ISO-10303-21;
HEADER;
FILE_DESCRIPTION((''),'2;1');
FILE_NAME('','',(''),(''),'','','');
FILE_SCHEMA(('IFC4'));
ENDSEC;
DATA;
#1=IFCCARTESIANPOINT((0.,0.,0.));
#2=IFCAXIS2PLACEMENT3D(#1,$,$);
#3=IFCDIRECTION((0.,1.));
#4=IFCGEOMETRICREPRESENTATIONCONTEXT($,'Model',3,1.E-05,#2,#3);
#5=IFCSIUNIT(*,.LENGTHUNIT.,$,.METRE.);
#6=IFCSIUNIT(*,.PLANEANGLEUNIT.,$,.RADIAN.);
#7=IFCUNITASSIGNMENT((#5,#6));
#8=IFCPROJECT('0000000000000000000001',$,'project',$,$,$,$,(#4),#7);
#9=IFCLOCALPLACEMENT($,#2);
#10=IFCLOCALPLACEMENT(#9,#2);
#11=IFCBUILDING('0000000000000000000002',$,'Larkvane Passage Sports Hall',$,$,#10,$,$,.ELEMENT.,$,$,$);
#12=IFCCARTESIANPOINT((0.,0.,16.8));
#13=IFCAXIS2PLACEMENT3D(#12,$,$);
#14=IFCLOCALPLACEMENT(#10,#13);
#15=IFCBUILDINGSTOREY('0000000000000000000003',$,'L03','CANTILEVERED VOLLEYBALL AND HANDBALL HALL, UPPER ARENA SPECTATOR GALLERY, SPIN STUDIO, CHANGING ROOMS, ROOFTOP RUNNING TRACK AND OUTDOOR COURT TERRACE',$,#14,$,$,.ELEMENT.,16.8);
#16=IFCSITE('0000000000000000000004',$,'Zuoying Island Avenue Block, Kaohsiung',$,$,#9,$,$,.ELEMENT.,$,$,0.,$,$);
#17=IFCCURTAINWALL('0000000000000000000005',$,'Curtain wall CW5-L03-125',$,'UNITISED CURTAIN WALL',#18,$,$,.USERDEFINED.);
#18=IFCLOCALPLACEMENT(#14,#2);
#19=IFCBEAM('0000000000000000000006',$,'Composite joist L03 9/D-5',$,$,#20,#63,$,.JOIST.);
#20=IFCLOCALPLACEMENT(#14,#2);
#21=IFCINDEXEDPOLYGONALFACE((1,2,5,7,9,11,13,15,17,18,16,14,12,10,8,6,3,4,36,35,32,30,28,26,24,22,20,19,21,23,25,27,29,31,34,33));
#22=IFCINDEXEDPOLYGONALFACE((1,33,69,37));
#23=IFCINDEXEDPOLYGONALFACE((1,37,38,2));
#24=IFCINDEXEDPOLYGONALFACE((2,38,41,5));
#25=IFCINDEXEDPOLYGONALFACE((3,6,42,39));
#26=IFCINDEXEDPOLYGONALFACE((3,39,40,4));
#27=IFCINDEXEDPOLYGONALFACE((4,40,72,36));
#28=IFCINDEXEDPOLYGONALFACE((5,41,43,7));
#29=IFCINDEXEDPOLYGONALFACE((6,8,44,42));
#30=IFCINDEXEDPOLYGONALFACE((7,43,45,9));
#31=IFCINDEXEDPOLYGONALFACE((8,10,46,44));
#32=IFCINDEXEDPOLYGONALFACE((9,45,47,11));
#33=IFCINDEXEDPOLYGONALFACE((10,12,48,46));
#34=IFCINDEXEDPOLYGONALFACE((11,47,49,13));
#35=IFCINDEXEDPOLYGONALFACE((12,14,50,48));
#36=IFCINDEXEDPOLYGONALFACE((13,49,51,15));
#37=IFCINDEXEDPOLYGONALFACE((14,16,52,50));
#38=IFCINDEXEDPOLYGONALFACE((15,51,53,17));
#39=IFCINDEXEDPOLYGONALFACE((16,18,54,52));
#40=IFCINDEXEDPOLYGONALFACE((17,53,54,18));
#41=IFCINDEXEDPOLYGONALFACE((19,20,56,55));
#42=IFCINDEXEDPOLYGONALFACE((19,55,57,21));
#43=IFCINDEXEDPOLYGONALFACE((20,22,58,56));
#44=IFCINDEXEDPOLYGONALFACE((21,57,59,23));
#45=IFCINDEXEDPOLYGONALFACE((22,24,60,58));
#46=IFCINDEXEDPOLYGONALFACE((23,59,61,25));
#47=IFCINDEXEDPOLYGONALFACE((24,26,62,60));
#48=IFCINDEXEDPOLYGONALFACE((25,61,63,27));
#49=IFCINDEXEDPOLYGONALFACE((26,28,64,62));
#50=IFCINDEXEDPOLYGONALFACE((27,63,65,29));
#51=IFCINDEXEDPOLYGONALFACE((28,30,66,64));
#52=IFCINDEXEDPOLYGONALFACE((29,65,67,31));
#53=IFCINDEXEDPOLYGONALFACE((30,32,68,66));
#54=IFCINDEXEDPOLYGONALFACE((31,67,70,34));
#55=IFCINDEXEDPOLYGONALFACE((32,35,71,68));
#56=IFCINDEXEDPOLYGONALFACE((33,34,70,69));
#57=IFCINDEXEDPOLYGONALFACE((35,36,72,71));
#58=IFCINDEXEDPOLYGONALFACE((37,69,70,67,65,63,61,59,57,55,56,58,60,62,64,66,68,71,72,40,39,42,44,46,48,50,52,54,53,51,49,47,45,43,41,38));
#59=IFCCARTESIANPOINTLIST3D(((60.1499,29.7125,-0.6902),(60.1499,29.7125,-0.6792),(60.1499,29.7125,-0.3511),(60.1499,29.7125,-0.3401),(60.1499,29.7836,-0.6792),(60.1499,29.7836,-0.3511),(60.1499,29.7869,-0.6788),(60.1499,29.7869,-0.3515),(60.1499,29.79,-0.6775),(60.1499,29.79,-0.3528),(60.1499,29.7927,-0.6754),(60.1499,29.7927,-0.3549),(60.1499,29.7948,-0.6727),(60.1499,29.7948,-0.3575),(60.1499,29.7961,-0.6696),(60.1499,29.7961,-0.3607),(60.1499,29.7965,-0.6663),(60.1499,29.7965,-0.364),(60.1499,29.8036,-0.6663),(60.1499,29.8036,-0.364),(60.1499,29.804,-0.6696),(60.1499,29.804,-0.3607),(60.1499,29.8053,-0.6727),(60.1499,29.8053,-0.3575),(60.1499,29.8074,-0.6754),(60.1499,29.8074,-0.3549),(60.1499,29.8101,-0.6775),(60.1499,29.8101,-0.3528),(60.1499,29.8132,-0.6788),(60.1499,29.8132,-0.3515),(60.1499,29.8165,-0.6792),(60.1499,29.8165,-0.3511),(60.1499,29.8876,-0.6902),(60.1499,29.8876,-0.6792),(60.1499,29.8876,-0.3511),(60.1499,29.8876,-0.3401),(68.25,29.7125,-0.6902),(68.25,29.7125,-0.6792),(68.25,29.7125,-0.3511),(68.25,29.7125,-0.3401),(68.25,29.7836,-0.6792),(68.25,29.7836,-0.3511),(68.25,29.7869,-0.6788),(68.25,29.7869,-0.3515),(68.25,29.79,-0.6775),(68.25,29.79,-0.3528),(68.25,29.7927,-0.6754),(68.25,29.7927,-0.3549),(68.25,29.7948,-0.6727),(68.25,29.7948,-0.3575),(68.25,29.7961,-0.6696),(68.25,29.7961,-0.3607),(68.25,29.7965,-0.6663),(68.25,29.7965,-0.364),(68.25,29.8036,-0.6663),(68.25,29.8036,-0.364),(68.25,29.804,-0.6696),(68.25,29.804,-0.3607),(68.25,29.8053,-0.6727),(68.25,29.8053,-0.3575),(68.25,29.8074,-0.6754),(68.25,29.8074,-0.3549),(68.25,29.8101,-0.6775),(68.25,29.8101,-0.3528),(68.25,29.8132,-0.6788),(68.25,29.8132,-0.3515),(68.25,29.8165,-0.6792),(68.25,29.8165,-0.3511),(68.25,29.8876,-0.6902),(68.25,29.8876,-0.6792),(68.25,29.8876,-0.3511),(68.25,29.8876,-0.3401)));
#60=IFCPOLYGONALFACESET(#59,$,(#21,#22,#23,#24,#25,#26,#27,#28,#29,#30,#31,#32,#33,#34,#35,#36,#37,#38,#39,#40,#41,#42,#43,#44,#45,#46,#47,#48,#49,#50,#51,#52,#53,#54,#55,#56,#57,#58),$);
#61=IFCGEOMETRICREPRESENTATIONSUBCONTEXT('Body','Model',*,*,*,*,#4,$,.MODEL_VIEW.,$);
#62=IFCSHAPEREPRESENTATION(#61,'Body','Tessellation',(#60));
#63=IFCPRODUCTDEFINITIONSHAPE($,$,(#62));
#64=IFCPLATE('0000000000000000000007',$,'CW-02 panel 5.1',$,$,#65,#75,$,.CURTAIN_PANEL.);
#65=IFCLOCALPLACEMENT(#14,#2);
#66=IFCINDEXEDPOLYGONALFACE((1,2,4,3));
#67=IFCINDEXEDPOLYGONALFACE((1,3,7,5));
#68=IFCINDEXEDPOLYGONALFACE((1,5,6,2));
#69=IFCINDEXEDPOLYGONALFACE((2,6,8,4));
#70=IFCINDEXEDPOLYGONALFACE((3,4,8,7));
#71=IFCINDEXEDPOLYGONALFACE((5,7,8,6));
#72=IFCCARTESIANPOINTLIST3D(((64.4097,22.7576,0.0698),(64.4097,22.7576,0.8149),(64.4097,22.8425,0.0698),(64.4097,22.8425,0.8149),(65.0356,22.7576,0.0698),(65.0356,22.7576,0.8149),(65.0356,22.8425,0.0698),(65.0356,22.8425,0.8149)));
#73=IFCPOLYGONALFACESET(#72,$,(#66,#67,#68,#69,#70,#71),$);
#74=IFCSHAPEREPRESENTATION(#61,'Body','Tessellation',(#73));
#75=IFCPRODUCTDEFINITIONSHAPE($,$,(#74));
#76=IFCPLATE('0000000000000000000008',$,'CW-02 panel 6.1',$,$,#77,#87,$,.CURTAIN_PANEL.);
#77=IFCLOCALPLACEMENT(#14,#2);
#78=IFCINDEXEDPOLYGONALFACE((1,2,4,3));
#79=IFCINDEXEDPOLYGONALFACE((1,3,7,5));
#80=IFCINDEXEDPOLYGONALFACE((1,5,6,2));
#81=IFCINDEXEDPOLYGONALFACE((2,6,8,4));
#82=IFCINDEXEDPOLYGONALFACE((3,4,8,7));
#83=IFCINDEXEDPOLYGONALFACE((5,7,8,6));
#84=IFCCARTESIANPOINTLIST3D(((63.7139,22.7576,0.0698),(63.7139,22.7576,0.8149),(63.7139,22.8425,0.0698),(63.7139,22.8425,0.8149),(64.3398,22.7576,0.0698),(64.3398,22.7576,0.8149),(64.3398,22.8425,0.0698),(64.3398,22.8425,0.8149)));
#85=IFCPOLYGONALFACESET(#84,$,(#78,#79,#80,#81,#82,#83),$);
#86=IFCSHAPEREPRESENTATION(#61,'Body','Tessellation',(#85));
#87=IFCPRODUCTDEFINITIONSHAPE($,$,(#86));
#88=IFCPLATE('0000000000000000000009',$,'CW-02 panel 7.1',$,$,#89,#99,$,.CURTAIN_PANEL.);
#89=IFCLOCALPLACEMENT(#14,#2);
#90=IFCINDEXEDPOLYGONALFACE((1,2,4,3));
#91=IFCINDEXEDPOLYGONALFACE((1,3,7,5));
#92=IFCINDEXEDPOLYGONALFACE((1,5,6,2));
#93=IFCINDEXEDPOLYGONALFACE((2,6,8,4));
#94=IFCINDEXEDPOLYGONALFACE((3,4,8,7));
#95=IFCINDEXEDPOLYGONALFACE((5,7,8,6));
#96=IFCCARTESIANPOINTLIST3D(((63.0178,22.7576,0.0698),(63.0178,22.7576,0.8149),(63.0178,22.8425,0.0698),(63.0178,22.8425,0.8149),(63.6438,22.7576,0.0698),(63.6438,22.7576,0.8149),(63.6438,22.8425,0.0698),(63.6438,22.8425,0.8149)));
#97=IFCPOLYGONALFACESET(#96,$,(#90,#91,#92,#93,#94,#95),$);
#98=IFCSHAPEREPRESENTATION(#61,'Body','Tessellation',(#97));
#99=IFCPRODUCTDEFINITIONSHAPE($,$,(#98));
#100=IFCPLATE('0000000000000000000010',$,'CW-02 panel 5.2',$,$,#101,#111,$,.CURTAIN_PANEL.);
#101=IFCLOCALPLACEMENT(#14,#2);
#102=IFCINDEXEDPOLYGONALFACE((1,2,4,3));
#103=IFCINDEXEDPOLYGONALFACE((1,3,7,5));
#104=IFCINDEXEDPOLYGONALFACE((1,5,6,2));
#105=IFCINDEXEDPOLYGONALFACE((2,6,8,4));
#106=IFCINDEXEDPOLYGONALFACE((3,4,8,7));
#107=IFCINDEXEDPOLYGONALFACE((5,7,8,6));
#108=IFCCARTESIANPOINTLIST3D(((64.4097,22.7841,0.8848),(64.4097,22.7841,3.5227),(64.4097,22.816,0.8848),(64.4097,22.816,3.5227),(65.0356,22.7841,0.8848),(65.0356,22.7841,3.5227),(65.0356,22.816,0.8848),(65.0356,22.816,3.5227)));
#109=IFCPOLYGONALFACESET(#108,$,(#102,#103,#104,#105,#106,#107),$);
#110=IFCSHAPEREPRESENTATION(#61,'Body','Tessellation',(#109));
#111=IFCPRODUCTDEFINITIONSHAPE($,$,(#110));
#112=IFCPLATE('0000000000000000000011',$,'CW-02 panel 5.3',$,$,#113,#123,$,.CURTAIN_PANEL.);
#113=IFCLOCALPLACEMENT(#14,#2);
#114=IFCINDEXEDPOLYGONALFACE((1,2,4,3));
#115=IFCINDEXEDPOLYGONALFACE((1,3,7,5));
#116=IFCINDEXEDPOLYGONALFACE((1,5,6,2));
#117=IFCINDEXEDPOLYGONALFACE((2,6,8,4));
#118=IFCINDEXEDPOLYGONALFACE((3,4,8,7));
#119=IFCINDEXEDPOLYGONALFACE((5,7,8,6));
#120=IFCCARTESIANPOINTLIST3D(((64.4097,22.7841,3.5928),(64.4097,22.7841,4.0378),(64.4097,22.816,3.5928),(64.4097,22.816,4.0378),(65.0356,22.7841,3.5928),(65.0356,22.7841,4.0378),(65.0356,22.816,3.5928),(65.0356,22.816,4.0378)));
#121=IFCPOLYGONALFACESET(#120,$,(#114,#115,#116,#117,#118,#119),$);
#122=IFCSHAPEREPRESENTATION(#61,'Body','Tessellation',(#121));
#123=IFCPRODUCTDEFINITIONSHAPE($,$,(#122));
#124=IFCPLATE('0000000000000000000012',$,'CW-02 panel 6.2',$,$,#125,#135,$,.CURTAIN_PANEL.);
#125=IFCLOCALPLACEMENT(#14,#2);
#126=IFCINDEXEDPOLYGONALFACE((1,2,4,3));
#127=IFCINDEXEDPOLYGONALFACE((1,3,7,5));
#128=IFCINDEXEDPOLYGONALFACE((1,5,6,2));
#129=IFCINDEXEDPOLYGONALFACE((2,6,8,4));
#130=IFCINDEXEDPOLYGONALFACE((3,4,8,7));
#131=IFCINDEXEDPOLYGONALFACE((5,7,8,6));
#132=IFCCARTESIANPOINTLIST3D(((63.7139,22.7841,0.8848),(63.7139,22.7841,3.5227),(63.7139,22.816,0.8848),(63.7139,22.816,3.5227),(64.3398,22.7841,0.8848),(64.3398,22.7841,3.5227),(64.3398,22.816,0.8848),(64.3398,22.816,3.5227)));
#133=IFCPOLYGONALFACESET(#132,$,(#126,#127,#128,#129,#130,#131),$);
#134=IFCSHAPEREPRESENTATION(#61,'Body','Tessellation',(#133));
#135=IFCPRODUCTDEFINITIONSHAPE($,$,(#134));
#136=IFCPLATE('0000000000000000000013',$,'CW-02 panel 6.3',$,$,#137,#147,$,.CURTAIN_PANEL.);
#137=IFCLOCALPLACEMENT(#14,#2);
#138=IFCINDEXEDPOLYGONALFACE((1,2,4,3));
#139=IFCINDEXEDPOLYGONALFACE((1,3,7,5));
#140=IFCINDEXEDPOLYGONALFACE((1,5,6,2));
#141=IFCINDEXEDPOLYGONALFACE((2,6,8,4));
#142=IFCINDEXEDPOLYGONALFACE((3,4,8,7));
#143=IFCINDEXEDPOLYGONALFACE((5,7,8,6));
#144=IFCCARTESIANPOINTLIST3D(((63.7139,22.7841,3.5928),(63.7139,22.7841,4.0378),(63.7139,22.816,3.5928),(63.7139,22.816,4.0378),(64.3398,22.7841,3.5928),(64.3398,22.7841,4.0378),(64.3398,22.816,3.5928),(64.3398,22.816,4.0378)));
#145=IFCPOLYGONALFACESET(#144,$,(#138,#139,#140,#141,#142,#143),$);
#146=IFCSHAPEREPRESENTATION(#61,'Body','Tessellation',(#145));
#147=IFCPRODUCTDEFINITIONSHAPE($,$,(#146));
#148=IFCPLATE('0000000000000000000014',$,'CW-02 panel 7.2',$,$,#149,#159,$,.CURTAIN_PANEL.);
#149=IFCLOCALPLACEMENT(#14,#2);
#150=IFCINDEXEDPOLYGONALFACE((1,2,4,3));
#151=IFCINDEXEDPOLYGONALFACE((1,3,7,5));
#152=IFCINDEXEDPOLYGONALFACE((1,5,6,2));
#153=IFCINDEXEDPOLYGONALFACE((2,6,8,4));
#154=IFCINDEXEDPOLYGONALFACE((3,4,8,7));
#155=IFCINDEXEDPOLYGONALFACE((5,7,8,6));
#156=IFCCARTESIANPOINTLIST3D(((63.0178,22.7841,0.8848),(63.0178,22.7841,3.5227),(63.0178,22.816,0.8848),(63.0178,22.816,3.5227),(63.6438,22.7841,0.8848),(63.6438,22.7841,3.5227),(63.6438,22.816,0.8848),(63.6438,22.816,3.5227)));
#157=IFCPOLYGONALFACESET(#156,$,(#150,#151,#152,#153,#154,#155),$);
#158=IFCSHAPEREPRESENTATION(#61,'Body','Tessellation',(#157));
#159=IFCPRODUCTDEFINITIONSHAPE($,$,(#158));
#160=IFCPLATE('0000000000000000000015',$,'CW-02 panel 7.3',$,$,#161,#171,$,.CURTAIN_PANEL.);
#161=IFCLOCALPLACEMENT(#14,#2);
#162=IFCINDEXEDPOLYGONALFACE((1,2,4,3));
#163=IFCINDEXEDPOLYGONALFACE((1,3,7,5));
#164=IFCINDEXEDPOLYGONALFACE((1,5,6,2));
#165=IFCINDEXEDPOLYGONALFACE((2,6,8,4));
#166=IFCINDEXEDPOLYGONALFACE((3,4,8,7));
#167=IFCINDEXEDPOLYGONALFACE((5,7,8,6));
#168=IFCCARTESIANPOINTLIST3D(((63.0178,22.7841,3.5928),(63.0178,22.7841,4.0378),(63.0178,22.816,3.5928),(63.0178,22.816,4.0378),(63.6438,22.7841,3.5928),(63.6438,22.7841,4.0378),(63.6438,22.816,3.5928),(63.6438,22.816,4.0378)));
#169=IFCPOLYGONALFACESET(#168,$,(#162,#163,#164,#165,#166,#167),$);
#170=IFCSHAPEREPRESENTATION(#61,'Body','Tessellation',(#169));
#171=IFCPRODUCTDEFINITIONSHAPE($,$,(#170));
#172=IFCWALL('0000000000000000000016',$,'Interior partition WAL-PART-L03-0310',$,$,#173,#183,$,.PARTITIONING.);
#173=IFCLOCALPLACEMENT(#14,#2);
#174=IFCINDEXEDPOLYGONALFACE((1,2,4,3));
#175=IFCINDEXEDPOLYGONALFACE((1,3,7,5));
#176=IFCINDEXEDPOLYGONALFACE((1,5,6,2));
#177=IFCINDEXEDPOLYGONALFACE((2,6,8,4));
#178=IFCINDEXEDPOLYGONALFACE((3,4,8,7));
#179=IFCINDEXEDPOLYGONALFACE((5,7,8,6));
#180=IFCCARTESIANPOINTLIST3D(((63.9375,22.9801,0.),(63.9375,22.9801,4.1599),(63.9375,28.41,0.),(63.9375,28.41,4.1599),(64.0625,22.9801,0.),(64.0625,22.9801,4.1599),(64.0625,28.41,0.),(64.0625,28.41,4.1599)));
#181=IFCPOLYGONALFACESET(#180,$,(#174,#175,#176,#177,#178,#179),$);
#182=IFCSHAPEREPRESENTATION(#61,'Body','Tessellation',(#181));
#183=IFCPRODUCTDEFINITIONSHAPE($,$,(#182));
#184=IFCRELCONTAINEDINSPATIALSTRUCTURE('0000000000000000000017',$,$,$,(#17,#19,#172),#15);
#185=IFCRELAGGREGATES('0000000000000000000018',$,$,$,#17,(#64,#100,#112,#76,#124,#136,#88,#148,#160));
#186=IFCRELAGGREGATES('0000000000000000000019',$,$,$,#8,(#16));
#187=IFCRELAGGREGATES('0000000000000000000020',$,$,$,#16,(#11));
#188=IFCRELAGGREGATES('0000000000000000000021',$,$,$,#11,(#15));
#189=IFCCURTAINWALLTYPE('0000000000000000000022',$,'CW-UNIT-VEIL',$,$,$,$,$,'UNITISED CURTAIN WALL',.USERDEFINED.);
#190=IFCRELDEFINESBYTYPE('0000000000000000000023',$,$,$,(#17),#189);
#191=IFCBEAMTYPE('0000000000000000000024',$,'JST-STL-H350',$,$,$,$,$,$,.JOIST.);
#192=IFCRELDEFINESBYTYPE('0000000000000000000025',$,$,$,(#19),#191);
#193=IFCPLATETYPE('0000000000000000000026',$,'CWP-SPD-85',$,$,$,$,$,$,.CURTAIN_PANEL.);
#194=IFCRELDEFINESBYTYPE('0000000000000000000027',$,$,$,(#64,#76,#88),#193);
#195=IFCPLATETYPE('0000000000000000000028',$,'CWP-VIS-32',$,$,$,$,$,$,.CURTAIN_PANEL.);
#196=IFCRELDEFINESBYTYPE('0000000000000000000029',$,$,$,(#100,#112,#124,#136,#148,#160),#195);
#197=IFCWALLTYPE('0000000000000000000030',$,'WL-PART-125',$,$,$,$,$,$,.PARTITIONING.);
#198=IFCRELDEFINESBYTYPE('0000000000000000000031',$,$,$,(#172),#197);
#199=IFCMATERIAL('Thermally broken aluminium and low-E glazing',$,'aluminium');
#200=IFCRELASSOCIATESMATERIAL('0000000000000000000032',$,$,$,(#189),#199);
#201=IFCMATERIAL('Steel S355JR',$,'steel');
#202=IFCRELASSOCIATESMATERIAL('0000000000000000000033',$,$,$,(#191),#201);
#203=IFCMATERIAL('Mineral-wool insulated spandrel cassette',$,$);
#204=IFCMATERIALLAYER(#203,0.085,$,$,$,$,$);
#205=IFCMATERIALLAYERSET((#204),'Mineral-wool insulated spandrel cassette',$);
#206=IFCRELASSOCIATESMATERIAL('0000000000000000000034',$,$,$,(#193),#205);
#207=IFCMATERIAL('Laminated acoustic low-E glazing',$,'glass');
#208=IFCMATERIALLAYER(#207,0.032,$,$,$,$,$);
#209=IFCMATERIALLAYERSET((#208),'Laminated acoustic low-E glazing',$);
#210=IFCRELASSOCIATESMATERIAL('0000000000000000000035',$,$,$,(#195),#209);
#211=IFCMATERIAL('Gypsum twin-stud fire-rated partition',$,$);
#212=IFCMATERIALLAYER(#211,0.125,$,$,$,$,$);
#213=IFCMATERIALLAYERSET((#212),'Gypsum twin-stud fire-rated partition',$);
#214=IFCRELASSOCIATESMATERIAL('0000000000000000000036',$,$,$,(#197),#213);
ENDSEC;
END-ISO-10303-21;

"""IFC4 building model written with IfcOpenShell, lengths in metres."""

from ifc_helpers import new_model, si_unit, direction, frame, frame_2d, origin, origin_2d, place, context, subcontext, project, spatial, rectangle, i_section, extrude, material, layer, layer_set, material_profile, profile_set, type_object, element, aggregate, save


model = new_model("IFC4")

# Units and contexts
model_context = context("Model", 3, precision=1e-05, world=origin(), true_north=direction((0.0, 1.0)))
body_context = subcontext(model_context, "Body", "Model", "MODEL_VIEW")
ifc_project = project(units=[si_unit("LENGTHUNIT", "METRE"), si_unit("PLANEANGLEUNIT", "RADIAN")], contexts=[model_context])

# Site, building, storey
site_placement = place(None, origin())
site = spatial("IfcSite", under=ifc_project, at=site_placement, Name="Zuoying Island Avenue Block, Kaohsiung", CompositionType="ELEMENT", RefElevation=0.0)
building_placement = place(site_placement, origin())
building = spatial("IfcBuilding", under=site, at=building_placement, Name="Larkvane Passage Sports Hall", CompositionType="ELEMENT")
storey_placement = place(building_placement, frame((0.0, 0.0, 16.8)))
storey = spatial("IfcBuildingStorey", under=building, at=storey_placement, Name="L03", Description="CANTILEVERED VOLLEYBALL AND HANDBALL HALL, UPPER ARENA SPECTATOR GALLERY, SPIN STUDIO, CHANGING ROOMS, ROOFTOP RUNNING TRACK AND OUTDOOR COURT TERRACE", CompositionType="ELEMENT", Elevation=16.8)

# Curtain wall
ifc_material_1 = material(Name="Thermally broken aluminium and low-E glazing", Category="aluminium")
curtain_wall_type = type_object("IfcCurtainWallType", Name="CW-UNIT-VEIL", ElementType="UNITISED CURTAIN WALL", PredefinedType="USERDEFINED", material=ifc_material_1)
curtain_wall_placement = place(storey_placement, origin())
curtain_wall = element("IfcCurtainWall", 1, at=curtain_wall_placement, inside=storey, type_object=curtain_wall_type, Name="Curtain wall CW5-L03-125", ObjectType="UNITISED CURTAIN WALL", PredefinedType="USERDEFINED")

# Beam
ifc_material_2 = material(Name="Steel S355JR", Category="steel")
ifc_material_profile_1 = material_profile(ifc_material_2, i_section(OverallWidth=0.175, OverallDepth=0.3501, WebThickness=0.0071, FlangeThickness=0.011, FilletRadius=0.0129, at=origin_2d()), Name="H-350x175x7x11")
ifc_profile_set_1 = profile_set([ifc_material_profile_1], Name="Steel S355JR")
beam_type_1 = type_object("IfcBeamType", Name="JST-STL-H350", PredefinedType="JOIST", material=ifc_profile_set_1)
beam_1_placement = place(storey_placement, frame((60.1499, 29.8, -0.5151), z_axis=(1.0, 0.0, 0.0), x_axis=(0.0, 1.0, 0.0)))
element("IfcBeam", 2, at=beam_1_placement, inside=storey, type_object=beam_type_1, Name="Composite joist L03 9/D-5", PredefinedType="JOIST", context=body_context, shape_type="SweptSolid", body=[
    extrude(i_section(OverallWidth=0.175, OverallDepth=0.3501, WebThickness=0.0071, FlangeThickness=0.011, FilletRadius=0.0129, at=origin_2d()), origin(), (0.0, 0.0, 1.0), 8.1001),
])

# Plates
ifc_material_3 = material(Name="Mineral-wool insulated spandrel cassette")
ifc_layer_1 = layer(ifc_material_3, 0.085)
ifc_layer_set_1 = layer_set([ifc_layer_1], Name="Mineral-wool insulated spandrel cassette")
plate_type_1 = type_object("IfcPlateType", Name="CWP-SPD-85", PredefinedType="CURTAIN_PANEL", material=ifc_layer_set_1)
plate_1_placement = place(storey_placement, frame((64.7227, 22.8, 0.0698), z_axis=(0.0, 0.0, 1.0), x_axis=(-1.0, 0.0, 0.0)))
plate_1 = element("IfcPlate", 3, at=plate_1_placement, type_object=plate_type_1, Name="CW-02 panel 5.1", PredefinedType="CURTAIN_PANEL", context=body_context, shape_type="SweptSolid", body=[
    extrude(rectangle(XDim=0.626, YDim=0.085, at=origin_2d()), origin(), (0.0, 0.0, 1.0), 0.7451),
])
plate_2_placement = place(storey_placement, frame((64.0269, 22.8, 0.0698), z_axis=(0.0, 0.0, 1.0), x_axis=(-1.0, 0.0, 0.0)))
plate_2 = element("IfcPlate", 4, at=plate_2_placement, type_object=plate_type_1, Name="CW-02 panel 6.1", PredefinedType="CURTAIN_PANEL", context=body_context, shape_type="SweptSolid", body=[
    extrude(rectangle(XDim=0.626, YDim=0.085, at=origin_2d()), origin(), (0.0, 0.0, 1.0), 0.7451),
])
plate_3_placement = place(storey_placement, frame((63.3308, 22.8, 0.0698), z_axis=(0.0, 0.0, 1.0), x_axis=(-1.0, 0.0, 0.0)))
plate_3 = element("IfcPlate", 5, at=plate_3_placement, type_object=plate_type_1, Name="CW-02 panel 7.1", PredefinedType="CURTAIN_PANEL", context=body_context, shape_type="SweptSolid", body=[
    extrude(rectangle(XDim=0.626, YDim=0.085, at=origin_2d()), origin(), (0.0, 0.0, 1.0), 0.7451),
])
ifc_material_4 = material(Name="Laminated acoustic low-E glazing", Category="glass")
ifc_layer_2 = layer(ifc_material_4, 0.032)
ifc_layer_set_2 = layer_set([ifc_layer_2], Name="Laminated acoustic low-E glazing")
plate_type_2 = type_object("IfcPlateType", Name="CWP-VIS-32", PredefinedType="CURTAIN_PANEL", material=ifc_layer_set_2)
plate_4_placement = place(storey_placement, frame((64.7227, 22.8, 0.8848), z_axis=(0.0, 0.0, 1.0), x_axis=(-1.0, 0.0, 0.0)))
plate_4 = element("IfcPlate", 6, at=plate_4_placement, type_object=plate_type_2, Name="CW-02 panel 5.2", PredefinedType="CURTAIN_PANEL", context=body_context, shape_type="SweptSolid", body=[
    extrude(rectangle(XDim=0.626, YDim=0.032, at=origin_2d()), origin(), (0.0, 0.0, 1.0), 2.6379),
])
plate_5_placement = place(storey_placement, frame((64.7227, 22.8, 3.5928), z_axis=(0.0, 0.0, 1.0), x_axis=(-1.0, 0.0, 0.0)))
plate_5 = element("IfcPlate", 7, at=plate_5_placement, type_object=plate_type_2, Name="CW-02 panel 5.3", PredefinedType="CURTAIN_PANEL", context=body_context, shape_type="SweptSolid", body=[
    extrude(rectangle(XDim=0.626, YDim=0.032, at=origin_2d()), origin(), (0.0, 0.0, 1.0), 0.4451),
])
plate_6_placement = place(storey_placement, frame((64.0269, 22.8, 0.8848), z_axis=(0.0, 0.0, 1.0), x_axis=(-1.0, 0.0, 0.0)))
plate_6 = element("IfcPlate", 8, at=plate_6_placement, type_object=plate_type_2, Name="CW-02 panel 6.2", PredefinedType="CURTAIN_PANEL", context=body_context, shape_type="SweptSolid", body=[
    extrude(rectangle(XDim=0.626, YDim=0.032, at=origin_2d()), origin(), (0.0, 0.0, 1.0), 2.6379),
])
plate_7_placement = place(storey_placement, frame((64.0269, 22.8, 3.5928), z_axis=(0.0, 0.0, 1.0), x_axis=(-1.0, 0.0, 0.0)))
plate_7 = element("IfcPlate", 9, at=plate_7_placement, type_object=plate_type_2, Name="CW-02 panel 6.3", PredefinedType="CURTAIN_PANEL", context=body_context, shape_type="SweptSolid", body=[
    extrude(rectangle(XDim=0.626, YDim=0.032, at=origin_2d()), origin(), (0.0, 0.0, 1.0), 0.4451),
])
plate_8_placement = place(storey_placement, frame((63.3308, 22.8, 0.8848), z_axis=(0.0, 0.0, 1.0), x_axis=(-1.0, 0.0, 0.0)))
plate_8 = element("IfcPlate", 10, at=plate_8_placement, type_object=plate_type_2, Name="CW-02 panel 7.2", PredefinedType="CURTAIN_PANEL", context=body_context, shape_type="SweptSolid", body=[
    extrude(rectangle(XDim=0.626, YDim=0.032, at=origin_2d()), origin(), (0.0, 0.0, 1.0), 2.6379),
])
plate_9_placement = place(storey_placement, frame((63.3308, 22.8, 3.5928), z_axis=(0.0, 0.0, 1.0), x_axis=(-1.0, 0.0, 0.0)))
plate_9 = element("IfcPlate", 11, at=plate_9_placement, type_object=plate_type_2, Name="CW-02 panel 7.3", PredefinedType="CURTAIN_PANEL", context=body_context, shape_type="SweptSolid", body=[
    extrude(rectangle(XDim=0.626, YDim=0.032, at=origin_2d()), origin(), (0.0, 0.0, 1.0), 0.4451),
])
aggregate(curtain_wall, [plate_1, plate_4, plate_5, plate_2, plate_6, plate_7, plate_3, plate_8, plate_9])

# Wall
ifc_material_5 = material(Name="Gypsum twin-stud fire-rated partition")
ifc_layer_3 = layer(ifc_material_5, 0.125)
ifc_layer_set_3 = layer_set([ifc_layer_3], Name="Gypsum twin-stud fire-rated partition")
wall_type_1 = type_object("IfcWallType", Name="WL-PART-125", PredefinedType="PARTITIONING", material=ifc_layer_set_3)
wall_1_placement = place(storey_placement, frame((64.0, 28.4099, 0.0), z_axis=(0.0, 0.0, 1.0), x_axis=(0.0, -1.0, 0.0)))
element("IfcWall", 12, at=wall_1_placement, inside=storey, type_object=wall_type_1, Name="Interior partition WAL-PART-L03-0310", PredefinedType="PARTITIONING", context=body_context, shape_type="SweptSolid", body=[
    extrude(rectangle(XDim=5.4299, YDim=0.125, at=frame_2d((2.7148, 0.0))), origin(), (0.0, 0.0, 1.0), 4.1599),
])

save(model, "model.ifc")
